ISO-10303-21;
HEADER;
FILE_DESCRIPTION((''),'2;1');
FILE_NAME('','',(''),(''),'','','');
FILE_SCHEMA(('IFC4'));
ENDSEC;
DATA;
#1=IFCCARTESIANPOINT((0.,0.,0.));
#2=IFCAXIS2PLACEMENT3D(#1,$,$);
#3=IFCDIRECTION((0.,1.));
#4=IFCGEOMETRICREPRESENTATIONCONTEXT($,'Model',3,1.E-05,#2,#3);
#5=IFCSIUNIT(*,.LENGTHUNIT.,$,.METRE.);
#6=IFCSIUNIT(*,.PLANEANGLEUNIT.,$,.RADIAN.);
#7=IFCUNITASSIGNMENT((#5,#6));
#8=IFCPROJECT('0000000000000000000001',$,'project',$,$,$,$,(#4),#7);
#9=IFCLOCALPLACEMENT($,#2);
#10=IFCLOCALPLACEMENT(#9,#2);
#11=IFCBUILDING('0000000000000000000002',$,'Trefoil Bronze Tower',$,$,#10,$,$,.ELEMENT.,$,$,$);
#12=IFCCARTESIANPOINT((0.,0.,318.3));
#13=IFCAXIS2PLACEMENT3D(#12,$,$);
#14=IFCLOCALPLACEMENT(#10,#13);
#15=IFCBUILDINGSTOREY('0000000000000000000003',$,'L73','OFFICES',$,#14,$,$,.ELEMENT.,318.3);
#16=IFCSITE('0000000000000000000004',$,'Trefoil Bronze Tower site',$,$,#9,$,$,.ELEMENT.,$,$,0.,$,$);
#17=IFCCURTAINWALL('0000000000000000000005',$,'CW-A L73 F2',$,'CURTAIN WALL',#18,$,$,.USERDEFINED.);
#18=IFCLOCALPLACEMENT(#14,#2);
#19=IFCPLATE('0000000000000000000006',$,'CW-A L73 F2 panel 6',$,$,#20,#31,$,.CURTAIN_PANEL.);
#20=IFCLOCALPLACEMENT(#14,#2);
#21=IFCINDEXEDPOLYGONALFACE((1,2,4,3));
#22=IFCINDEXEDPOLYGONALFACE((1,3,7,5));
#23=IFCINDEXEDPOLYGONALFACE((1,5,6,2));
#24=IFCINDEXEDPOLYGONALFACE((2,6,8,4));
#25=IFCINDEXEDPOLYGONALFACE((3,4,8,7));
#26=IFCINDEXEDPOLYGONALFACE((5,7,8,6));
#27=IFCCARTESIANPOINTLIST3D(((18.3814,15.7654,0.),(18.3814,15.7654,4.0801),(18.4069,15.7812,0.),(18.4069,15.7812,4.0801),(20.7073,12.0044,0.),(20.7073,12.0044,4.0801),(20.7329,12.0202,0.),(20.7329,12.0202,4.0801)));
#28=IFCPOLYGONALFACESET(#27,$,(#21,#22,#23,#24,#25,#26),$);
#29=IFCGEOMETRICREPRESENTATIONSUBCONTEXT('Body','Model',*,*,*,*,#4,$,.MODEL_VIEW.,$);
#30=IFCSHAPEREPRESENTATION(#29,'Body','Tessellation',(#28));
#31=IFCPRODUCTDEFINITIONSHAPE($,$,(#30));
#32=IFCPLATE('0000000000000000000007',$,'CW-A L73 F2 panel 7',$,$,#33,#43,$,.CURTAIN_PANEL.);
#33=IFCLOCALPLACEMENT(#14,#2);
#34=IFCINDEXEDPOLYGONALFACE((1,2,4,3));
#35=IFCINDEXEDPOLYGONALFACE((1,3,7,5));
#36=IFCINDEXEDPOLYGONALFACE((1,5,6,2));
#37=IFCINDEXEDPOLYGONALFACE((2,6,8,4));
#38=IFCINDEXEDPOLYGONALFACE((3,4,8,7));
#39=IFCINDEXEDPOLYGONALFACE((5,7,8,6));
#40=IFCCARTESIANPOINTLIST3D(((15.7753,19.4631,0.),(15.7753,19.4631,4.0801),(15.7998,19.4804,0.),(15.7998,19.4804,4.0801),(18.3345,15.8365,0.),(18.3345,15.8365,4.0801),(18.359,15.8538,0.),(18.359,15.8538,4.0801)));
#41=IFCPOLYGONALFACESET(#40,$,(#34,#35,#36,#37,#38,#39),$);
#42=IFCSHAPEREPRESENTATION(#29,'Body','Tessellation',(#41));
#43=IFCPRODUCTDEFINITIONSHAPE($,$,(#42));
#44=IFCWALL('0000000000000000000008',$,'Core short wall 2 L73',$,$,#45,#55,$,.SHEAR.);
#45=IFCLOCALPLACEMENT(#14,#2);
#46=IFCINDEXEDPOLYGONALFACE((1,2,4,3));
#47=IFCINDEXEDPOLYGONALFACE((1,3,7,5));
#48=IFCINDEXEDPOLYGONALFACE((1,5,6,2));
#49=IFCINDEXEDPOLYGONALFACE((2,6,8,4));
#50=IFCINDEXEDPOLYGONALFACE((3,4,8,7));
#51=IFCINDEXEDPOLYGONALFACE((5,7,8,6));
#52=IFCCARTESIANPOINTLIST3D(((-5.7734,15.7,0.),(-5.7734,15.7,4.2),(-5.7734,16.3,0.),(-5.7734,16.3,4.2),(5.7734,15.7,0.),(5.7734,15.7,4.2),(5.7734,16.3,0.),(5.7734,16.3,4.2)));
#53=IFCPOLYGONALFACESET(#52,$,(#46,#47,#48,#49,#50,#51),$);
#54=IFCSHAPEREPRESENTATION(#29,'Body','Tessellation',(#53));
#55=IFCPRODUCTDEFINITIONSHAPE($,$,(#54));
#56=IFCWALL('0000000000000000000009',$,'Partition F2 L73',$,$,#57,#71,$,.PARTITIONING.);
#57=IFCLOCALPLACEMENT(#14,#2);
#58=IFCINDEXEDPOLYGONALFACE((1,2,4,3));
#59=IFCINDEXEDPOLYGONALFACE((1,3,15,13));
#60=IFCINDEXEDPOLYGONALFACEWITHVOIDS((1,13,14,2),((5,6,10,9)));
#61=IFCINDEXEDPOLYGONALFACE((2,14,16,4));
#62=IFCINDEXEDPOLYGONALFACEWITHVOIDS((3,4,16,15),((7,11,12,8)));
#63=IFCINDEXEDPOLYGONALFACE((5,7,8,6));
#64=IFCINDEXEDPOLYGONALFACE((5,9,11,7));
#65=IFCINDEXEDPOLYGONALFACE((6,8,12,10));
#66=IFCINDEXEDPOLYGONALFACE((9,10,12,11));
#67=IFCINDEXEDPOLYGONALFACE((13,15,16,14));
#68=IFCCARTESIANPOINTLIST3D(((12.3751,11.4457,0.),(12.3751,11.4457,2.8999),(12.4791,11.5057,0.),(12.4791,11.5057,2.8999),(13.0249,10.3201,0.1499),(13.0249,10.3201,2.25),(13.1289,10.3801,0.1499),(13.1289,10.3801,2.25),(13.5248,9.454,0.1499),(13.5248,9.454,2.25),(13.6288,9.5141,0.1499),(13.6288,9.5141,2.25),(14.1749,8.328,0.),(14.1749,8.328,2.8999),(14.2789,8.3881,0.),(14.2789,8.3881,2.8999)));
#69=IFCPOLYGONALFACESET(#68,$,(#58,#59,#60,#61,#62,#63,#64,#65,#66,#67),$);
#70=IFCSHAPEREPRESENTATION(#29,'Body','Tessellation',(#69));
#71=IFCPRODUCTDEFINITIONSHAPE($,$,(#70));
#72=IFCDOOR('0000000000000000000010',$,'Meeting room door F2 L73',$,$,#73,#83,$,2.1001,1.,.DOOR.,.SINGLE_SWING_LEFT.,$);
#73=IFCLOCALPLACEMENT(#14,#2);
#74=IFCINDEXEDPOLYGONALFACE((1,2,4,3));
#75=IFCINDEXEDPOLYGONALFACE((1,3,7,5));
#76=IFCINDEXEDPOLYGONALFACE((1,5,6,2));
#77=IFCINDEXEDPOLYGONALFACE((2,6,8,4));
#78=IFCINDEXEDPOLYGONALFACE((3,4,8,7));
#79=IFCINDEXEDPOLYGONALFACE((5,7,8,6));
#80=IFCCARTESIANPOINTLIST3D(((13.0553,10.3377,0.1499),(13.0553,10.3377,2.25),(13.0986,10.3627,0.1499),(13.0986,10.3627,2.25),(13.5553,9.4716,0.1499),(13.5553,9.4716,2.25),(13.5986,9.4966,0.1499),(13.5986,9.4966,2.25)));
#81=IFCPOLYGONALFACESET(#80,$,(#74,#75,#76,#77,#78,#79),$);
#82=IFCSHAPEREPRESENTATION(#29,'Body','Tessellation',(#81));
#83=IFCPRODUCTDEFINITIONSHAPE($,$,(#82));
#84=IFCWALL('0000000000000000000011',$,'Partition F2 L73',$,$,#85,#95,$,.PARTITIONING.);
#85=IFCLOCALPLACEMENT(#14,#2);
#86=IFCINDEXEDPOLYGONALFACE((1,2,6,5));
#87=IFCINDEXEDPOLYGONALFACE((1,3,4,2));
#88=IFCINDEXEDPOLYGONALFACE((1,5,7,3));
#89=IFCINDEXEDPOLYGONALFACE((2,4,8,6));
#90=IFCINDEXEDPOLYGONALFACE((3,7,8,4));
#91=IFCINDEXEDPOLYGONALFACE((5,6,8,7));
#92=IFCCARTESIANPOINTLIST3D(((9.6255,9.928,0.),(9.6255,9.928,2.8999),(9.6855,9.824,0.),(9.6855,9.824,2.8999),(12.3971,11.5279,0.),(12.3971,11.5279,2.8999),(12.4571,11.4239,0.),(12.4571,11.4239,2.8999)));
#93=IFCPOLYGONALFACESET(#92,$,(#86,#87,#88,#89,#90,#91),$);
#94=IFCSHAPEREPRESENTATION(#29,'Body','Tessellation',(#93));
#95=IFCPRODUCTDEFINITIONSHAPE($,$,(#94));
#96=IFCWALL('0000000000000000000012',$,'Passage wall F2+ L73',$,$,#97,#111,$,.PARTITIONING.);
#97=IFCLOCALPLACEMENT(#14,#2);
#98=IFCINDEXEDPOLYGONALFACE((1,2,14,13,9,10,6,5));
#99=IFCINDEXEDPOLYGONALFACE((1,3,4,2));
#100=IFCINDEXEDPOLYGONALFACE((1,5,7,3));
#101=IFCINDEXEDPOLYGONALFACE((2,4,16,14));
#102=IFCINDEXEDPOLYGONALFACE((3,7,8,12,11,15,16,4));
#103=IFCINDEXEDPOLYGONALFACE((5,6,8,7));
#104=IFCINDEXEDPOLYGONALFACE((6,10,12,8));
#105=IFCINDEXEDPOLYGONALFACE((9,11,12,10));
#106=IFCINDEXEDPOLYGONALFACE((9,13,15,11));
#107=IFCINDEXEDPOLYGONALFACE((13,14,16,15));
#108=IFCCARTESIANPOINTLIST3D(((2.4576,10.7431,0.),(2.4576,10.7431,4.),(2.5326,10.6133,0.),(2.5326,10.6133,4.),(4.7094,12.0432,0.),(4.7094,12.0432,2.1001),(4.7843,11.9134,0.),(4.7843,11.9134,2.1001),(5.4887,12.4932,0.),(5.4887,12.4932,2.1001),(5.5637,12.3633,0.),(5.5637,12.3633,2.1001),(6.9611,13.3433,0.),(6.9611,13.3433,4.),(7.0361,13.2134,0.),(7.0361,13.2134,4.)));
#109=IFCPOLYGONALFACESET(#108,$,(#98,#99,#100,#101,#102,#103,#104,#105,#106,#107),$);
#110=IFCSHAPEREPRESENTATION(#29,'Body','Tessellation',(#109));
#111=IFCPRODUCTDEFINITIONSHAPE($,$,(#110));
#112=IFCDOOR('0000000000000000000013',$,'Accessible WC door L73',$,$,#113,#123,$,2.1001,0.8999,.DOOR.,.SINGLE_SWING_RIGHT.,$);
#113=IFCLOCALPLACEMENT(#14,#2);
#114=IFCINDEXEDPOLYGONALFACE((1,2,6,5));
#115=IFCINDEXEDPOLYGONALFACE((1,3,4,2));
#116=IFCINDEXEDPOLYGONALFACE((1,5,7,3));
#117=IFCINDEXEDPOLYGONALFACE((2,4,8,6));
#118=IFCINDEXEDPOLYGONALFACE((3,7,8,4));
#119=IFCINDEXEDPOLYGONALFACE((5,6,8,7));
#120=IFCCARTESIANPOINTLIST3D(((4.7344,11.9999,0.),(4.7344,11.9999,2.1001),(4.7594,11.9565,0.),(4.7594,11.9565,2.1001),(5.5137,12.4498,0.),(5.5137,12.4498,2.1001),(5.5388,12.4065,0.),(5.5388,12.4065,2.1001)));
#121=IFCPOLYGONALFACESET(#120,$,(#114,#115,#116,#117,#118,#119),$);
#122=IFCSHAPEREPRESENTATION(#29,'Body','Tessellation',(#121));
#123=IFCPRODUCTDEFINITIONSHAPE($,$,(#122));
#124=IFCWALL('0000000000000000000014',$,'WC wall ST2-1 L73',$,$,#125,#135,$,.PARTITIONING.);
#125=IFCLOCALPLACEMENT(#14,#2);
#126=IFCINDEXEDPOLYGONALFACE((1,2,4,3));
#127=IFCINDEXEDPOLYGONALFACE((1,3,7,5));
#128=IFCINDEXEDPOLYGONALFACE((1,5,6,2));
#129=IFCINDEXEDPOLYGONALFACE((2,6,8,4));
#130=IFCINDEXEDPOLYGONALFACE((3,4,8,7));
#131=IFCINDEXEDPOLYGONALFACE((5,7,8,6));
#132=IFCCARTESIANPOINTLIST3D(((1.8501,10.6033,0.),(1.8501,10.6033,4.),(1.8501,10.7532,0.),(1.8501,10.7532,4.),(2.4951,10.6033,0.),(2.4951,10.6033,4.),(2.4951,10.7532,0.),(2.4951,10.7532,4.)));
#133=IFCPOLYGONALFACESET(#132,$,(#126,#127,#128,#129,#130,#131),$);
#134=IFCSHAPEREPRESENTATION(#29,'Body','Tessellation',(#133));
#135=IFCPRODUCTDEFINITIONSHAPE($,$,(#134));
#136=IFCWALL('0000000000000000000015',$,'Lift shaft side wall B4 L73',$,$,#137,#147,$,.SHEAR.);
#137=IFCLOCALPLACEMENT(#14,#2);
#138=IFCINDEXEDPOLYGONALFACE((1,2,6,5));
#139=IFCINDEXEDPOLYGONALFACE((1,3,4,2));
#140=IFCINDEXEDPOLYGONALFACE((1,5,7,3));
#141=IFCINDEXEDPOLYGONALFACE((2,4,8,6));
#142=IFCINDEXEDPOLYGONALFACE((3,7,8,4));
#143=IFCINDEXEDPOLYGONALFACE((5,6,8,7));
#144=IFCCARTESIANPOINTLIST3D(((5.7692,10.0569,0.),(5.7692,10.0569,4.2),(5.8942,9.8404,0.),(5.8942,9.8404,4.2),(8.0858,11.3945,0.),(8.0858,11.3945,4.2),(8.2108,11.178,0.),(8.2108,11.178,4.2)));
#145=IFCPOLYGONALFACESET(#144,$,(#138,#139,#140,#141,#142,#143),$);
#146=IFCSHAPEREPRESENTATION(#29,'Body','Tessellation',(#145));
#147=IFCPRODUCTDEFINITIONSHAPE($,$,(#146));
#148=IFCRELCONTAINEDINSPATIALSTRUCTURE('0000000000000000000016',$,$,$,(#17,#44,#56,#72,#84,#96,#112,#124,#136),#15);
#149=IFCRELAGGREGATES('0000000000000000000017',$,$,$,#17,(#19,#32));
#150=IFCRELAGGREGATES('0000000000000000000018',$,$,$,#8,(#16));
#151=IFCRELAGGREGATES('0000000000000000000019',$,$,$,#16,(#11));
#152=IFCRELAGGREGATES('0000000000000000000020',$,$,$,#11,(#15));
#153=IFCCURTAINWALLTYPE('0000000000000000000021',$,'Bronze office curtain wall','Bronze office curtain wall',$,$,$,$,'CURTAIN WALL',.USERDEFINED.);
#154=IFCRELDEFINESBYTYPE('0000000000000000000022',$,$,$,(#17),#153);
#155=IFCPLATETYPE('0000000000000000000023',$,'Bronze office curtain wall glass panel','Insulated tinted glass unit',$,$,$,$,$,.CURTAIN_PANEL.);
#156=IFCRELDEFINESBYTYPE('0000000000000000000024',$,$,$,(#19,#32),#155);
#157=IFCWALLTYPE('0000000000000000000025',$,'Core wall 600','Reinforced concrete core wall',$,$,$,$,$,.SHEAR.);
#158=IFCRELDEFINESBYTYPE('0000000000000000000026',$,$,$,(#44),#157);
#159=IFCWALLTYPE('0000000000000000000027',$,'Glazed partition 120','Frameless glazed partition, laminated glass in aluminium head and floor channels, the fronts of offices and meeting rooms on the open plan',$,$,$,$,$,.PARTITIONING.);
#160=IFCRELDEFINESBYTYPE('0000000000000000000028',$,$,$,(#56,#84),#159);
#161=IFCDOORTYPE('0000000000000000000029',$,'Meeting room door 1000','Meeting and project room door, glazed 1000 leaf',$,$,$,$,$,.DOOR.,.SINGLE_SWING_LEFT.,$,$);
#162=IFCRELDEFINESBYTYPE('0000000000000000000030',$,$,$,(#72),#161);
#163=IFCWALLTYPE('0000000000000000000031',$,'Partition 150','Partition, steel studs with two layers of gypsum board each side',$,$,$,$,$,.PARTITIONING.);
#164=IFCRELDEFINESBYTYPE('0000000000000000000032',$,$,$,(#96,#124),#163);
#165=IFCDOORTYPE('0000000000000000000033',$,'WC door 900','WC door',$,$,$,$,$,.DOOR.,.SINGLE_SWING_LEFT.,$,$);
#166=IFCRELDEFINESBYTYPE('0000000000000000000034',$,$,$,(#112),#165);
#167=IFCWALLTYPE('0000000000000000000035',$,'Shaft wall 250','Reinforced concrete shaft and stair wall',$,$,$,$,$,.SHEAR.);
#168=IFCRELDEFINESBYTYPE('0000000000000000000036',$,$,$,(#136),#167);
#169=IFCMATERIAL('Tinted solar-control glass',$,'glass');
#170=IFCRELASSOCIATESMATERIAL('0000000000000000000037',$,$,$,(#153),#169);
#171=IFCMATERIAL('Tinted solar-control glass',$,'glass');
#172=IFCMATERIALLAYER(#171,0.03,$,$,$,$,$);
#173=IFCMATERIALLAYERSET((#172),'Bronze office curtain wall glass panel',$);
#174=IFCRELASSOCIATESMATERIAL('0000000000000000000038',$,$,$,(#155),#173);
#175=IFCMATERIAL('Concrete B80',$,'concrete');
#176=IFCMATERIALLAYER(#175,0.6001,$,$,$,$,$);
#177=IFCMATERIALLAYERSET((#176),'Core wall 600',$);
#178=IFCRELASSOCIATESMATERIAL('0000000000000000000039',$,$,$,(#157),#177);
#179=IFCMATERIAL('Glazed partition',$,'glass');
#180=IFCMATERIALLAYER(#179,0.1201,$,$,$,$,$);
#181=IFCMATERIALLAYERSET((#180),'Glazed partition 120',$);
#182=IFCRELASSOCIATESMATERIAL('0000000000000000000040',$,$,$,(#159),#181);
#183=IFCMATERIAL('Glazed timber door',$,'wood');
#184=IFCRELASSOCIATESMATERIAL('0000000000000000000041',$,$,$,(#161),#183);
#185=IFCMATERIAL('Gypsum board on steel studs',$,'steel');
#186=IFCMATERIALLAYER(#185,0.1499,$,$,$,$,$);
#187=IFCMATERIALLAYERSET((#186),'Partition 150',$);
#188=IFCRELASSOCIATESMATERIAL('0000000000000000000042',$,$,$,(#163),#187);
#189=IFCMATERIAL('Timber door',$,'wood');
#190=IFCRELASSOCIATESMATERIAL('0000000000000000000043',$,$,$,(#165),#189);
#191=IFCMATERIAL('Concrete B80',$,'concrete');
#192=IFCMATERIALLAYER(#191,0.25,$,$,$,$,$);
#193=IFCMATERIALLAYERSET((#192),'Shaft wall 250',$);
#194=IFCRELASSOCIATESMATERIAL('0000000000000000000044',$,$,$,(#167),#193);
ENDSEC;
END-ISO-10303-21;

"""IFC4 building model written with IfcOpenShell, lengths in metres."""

from ifc_helpers import new_model, si_unit, direction, frame, frame_2d, origin, origin_2d, place, context, subcontext, project, spatial, rectangle, extrude, material, layer, layer_set, type_object, element, fill, aggregate, save


model = new_model("IFC4")

# Units and contexts
model_context = context("Model", 3, precision=1e-05, world=origin(), true_north=direction((0.0, 1.0)))
body_context = subcontext(model_context, "Body", "Model", "MODEL_VIEW")
ifc_project = project(units=[si_unit("LENGTHUNIT", "METRE"), si_unit("PLANEANGLEUNIT", "RADIAN")], contexts=[model_context])

# Site, building, storey
site_placement = place(None, origin())
site = spatial("IfcSite", under=ifc_project, at=site_placement, Name="Trefoil Bronze Tower site", CompositionType="ELEMENT", RefElevation=0.0)
building_placement = place(site_placement, origin())
building = spatial("IfcBuilding", under=site, at=building_placement, Name="Trefoil Bronze Tower", CompositionType="ELEMENT")
storey_placement = place(building_placement, frame((0.0, 0.0, 318.3)))
storey = spatial("IfcBuildingStorey", under=building, at=storey_placement, Name="L73", Description="OFFICES", CompositionType="ELEMENT", Elevation=318.3)

# Curtain wall
ifc_material_1 = material(Name="Tinted solar-control glass", Category="glass")
curtain_wall_type = type_object("IfcCurtainWallType", Name="Bronze office curtain wall", Description="Bronze office curtain wall", ElementType="CURTAIN WALL", PredefinedType="USERDEFINED", material=ifc_material_1)
curtain_wall_placement = place(storey_placement, origin())
curtain_wall = element("IfcCurtainWall", 1, at=curtain_wall_placement, inside=storey, type_object=curtain_wall_type, Name="CW-A L73 F2", ObjectType="CURTAIN WALL", PredefinedType="USERDEFINED")

# Plates
ifc_material_2 = material(Name="Tinted solar-control glass", Category="glass")
ifc_layer_1 = layer(ifc_material_2, 0.03)
ifc_layer_set_1 = layer_set([ifc_layer_1], Name="Bronze office curtain wall glass panel")
plate_type = type_object("IfcPlateType", Name="Bronze office curtain wall glass panel", Description="Insulated tinted glass unit", PredefinedType="CURTAIN_PANEL", material=ifc_layer_set_1)
plate_1_placement = place(storey_placement, frame((19.5571, 13.8928, 0.0), z_axis=(0.0, 0.0, 1.0), x_axis=(-0.52598, 0.850497, 0.0)))
plate_1 = element("IfcPlate", 2, at=plate_1_placement, type_object=plate_type, Name="CW-A L73 F2 panel 6", PredefinedType="CURTAIN_PANEL", context=body_context, shape_type="SweptSolid", body=[
    extrude(rectangle(XDim=4.4221, YDim=0.03, at=origin_2d()), origin(), (0.0, 0.0, 1.0), 4.0801),
])
plate_2_placement = place(storey_placement, frame((17.0671, 17.6584, 0.0), z_axis=(0.0, 0.0, 1.0), x_axis=(-0.576561, 0.817054, 0.0)))
plate_2 = element("IfcPlate", 3, at=plate_2_placement, type_object=plate_type, Name="CW-A L73 F2 panel 7", PredefinedType="CURTAIN_PANEL", context=body_context, shape_type="SweptSolid", body=[
    extrude(rectangle(XDim=4.4387, YDim=0.03, at=origin_2d()), origin(), (0.0, 0.0, 1.0), 4.0801),
])
aggregate(curtain_wall, [plate_1, plate_2])

# Wall
ifc_material_3 = material(Name="Concrete B80", Category="concrete")
ifc_layer_2 = layer(ifc_material_3, 0.6001)
ifc_layer_set_2 = layer_set([ifc_layer_2], Name="Core wall 600")
wall_type_1 = type_object("IfcWallType", Name="Core wall 600", Description="Reinforced concrete core wall", PredefinedType="SHEAR", material=ifc_layer_set_2)
wall_1_placement = place(storey_placement, frame((5.7734, 16.0, 0.0), z_axis=(0.0, 0.0, 1.0), x_axis=(-1.0, 0.0, 0.0)))
element("IfcWall", 4, at=wall_1_placement, inside=storey, type_object=wall_type_1, Name="Core short wall 2 L73", PredefinedType="SHEAR", context=body_context, shape_type="SweptSolid", body=[
    extrude(rectangle(XDim=11.5469, YDim=0.6001, at=frame_2d((5.7734, 0.0))), origin(), (0.0, 0.0, 1.0), 4.2),
])

# Wall, opening, door
ifc_material_4 = material(Name="Glazed partition", Category="glass")
ifc_layer_3 = layer(ifc_material_4, 0.1201)
ifc_layer_set_3 = layer_set([ifc_layer_3], Name="Glazed partition 120")
wall_type_2 = type_object("IfcWallType", Name="Glazed partition 120", Description="Frameless glazed partition, laminated glass in aluminium head and floor channels, the fronts of offices and meeting rooms on the open plan", PredefinedType="PARTITIONING", material=ifc_layer_set_3)
wall_2_placement = place(storey_placement, frame((14.2268, 8.3582, 0.0), z_axis=(0.0, 0.0, 1.0), x_axis=(-0.499961, 0.866048, 0.0)))
wall_2 = element("IfcWall", 5, at=wall_2_placement, inside=storey, type_object=wall_type_2, Name="Partition F2 L73", PredefinedType="PARTITIONING", context=body_context, shape_type="SweptSolid", body=[
    extrude(rectangle(XDim=3.5999, YDim=0.1201, at=frame_2d((1.7998, 0.0))), origin(), (0.0, 0.0, 1.0), 2.8999),
])
opening_1_placement = place(wall_2_placement, frame((1.3, 0.0, 0.1499)))
opening_1 = element("IfcOpeningElement", 6, at=opening_1_placement, cuts=wall_2, PredefinedType="OPENING", context=body_context, shape_type="SweptSolid", body=[
    extrude(rectangle(XDim=1.0, YDim=2.1001, at=frame_2d((0.5, 1.05))), frame((0.0, 0.0701, 0.0), z_axis=(0.0, -1.0, 0.0), x_axis=(1.0, 0.0, 0.0)), (0.0, 0.0, 1.0), 0.1401),
])
ifc_material_5 = material(Name="Glazed timber door", Category="wood")
door_type_1 = type_object("IfcDoorType", Name="Meeting room door 1000", Description="Meeting and project room door, glazed 1000 leaf", OperationType="SINGLE_SWING_LEFT", PredefinedType="DOOR", material=ifc_material_5)
door_1_placement = place(opening_1_placement, origin())
door_1 = element("IfcDoor", 7, at=door_1_placement, inside=storey, type_object=door_type_1, Name="Meeting room door F2 L73", OperationType="SINGLE_SWING_LEFT", OverallHeight=2.1001, OverallWidth=1.0, PredefinedType="DOOR", context=body_context, shape_type="SweptSolid", body=[
    extrude(rectangle(XDim=1.0, YDim=2.1001, at=frame_2d((0.5, 1.05))), frame((0.0, 0.0249, 0.0), z_axis=(0.0, -1.0, 0.0), x_axis=(1.0, 0.0, 0.0)), (0.0, 0.0, 1.0), 0.05),
])
fill(opening_1, door_1)

# Wall
wall_3_placement = place(storey_placement, frame((9.6555, 9.876, 0.0), z_axis=(0.0, 0.0, 1.0), x_axis=(0.866061, 0.499938, 0.0)))
element("IfcWall", 8, at=wall_3_placement, inside=storey, type_object=wall_type_2, Name="Partition F2 L73", PredefinedType="PARTITIONING", context=body_context, shape_type="SweptSolid", body=[
    extrude(rectangle(XDim=3.2002, YDim=0.1201, at=frame_2d((1.6001, 0.0))), origin(), (0.0, 0.0, 1.0), 2.8999),
])

# Wall, opening, door
ifc_material_6 = material(Name="Gypsum board on steel studs", Category="steel")
ifc_layer_4 = layer(ifc_material_6, 0.1499)
ifc_layer_set_4 = layer_set([ifc_layer_4], Name="Partition 150")
wall_type_3 = type_object("IfcWallType", Name="Partition 150", Description="Partition, steel studs with two layers of gypsum board each side", PredefinedType="PARTITIONING", material=ifc_layer_set_4)
wall_4_placement = place(storey_placement, frame((2.4951, 10.6782, 0.0), z_axis=(0.0, 0.0, 1.0), x_axis=(0.866021, 0.500007, 0.0)))
wall_4 = element("IfcWall", 9, at=wall_4_placement, inside=storey, type_object=wall_type_3, Name="Passage wall F2+ L73", PredefinedType="PARTITIONING", context=body_context, shape_type="SweptSolid", body=[
    extrude(rectangle(XDim=5.2002, YDim=0.1499, at=frame_2d((2.6001, 0.0))), origin(), (0.0, 0.0, 1.0), 4.0),
])
opening_2_placement = place(wall_4_placement, frame((2.6001, 0.0, 0.0)))
opening_2 = element("IfcOpeningElement", 10, at=opening_2_placement, cuts=wall_4, PredefinedType="OPENING", context=body_context, shape_type="SweptSolid", body=[
    extrude(rectangle(XDim=0.8999, YDim=2.1001, at=frame_2d((0.45, 1.05))), frame((0.0, 0.085, 0.0), z_axis=(0.0, -1.0, 0.0), x_axis=(1.0, 0.0, 0.0)), (0.0, 0.0, 1.0), 0.1699),
])
ifc_material_7 = material(Name="Timber door", Category="wood")
door_type_2 = type_object("IfcDoorType", Name="WC door 900", Description="WC door", OperationType="SINGLE_SWING_LEFT", PredefinedType="DOOR", material=ifc_material_7)
door_2_placement = place(opening_2_placement, origin())
door_2 = element("IfcDoor", 11, at=door_2_placement, inside=storey, type_object=door_type_2, Name="Accessible WC door L73", OperationType="SINGLE_SWING_RIGHT", OverallHeight=2.1001, OverallWidth=0.8999, PredefinedType="DOOR", context=body_context, shape_type="SweptSolid", body=[
    extrude(rectangle(XDim=0.8999, YDim=2.1001, at=frame_2d((0.45, 1.05))), frame((0.0, 0.0249, 0.0), z_axis=(0.0, -1.0, 0.0), x_axis=(1.0, 0.0, 0.0)), (0.0, 0.0, 1.0), 0.05),
])
fill(opening_2, door_2)

# Walls
wall_5_placement = place(storey_placement, frame((2.4951, 10.6782, 0.0), z_axis=(0.0, 0.0, 1.0), x_axis=(-1.0, 0.0, 0.0)))
element("IfcWall", 12, at=wall_5_placement, inside=storey, type_object=wall_type_3, Name="WC wall ST2-1 L73", PredefinedType="PARTITIONING", context=body_context, shape_type="SweptSolid", body=[
    extrude(rectangle(XDim=0.645, YDim=0.1499, at=frame_2d((0.3225, 0.0))), origin(), (0.0, 0.0, 1.0), 4.0),
])
ifc_material_8 = material(Name="Concrete B80", Category="concrete")
ifc_layer_5 = layer(ifc_material_8, 0.25)
ifc_layer_set_5 = layer_set([ifc_layer_5], Name="Shaft wall 250")
wall_type_4 = type_object("IfcWallType", Name="Shaft wall 250", Description="Reinforced concrete shaft and stair wall", PredefinedType="SHEAR", material=ifc_layer_set_5)
wall_6_placement = place(storey_placement, frame((5.8318, 9.9487, 0.0), z_axis=(0.0, 0.0, 1.0), x_axis=(0.866005, 0.500036, 0.0)))
element("IfcWall", 13, at=wall_6_placement, inside=storey, type_object=wall_type_4, Name="Lift shaft side wall B4 L73", PredefinedType="SHEAR", context=body_context, shape_type="SweptSolid", body=[
    extrude(rectangle(XDim=2.675, YDim=0.25, at=frame_2d((1.3374, 0.0))), origin(), (0.0, 0.0, 1.0), 4.2),
])

save(model, "model.ifc")
